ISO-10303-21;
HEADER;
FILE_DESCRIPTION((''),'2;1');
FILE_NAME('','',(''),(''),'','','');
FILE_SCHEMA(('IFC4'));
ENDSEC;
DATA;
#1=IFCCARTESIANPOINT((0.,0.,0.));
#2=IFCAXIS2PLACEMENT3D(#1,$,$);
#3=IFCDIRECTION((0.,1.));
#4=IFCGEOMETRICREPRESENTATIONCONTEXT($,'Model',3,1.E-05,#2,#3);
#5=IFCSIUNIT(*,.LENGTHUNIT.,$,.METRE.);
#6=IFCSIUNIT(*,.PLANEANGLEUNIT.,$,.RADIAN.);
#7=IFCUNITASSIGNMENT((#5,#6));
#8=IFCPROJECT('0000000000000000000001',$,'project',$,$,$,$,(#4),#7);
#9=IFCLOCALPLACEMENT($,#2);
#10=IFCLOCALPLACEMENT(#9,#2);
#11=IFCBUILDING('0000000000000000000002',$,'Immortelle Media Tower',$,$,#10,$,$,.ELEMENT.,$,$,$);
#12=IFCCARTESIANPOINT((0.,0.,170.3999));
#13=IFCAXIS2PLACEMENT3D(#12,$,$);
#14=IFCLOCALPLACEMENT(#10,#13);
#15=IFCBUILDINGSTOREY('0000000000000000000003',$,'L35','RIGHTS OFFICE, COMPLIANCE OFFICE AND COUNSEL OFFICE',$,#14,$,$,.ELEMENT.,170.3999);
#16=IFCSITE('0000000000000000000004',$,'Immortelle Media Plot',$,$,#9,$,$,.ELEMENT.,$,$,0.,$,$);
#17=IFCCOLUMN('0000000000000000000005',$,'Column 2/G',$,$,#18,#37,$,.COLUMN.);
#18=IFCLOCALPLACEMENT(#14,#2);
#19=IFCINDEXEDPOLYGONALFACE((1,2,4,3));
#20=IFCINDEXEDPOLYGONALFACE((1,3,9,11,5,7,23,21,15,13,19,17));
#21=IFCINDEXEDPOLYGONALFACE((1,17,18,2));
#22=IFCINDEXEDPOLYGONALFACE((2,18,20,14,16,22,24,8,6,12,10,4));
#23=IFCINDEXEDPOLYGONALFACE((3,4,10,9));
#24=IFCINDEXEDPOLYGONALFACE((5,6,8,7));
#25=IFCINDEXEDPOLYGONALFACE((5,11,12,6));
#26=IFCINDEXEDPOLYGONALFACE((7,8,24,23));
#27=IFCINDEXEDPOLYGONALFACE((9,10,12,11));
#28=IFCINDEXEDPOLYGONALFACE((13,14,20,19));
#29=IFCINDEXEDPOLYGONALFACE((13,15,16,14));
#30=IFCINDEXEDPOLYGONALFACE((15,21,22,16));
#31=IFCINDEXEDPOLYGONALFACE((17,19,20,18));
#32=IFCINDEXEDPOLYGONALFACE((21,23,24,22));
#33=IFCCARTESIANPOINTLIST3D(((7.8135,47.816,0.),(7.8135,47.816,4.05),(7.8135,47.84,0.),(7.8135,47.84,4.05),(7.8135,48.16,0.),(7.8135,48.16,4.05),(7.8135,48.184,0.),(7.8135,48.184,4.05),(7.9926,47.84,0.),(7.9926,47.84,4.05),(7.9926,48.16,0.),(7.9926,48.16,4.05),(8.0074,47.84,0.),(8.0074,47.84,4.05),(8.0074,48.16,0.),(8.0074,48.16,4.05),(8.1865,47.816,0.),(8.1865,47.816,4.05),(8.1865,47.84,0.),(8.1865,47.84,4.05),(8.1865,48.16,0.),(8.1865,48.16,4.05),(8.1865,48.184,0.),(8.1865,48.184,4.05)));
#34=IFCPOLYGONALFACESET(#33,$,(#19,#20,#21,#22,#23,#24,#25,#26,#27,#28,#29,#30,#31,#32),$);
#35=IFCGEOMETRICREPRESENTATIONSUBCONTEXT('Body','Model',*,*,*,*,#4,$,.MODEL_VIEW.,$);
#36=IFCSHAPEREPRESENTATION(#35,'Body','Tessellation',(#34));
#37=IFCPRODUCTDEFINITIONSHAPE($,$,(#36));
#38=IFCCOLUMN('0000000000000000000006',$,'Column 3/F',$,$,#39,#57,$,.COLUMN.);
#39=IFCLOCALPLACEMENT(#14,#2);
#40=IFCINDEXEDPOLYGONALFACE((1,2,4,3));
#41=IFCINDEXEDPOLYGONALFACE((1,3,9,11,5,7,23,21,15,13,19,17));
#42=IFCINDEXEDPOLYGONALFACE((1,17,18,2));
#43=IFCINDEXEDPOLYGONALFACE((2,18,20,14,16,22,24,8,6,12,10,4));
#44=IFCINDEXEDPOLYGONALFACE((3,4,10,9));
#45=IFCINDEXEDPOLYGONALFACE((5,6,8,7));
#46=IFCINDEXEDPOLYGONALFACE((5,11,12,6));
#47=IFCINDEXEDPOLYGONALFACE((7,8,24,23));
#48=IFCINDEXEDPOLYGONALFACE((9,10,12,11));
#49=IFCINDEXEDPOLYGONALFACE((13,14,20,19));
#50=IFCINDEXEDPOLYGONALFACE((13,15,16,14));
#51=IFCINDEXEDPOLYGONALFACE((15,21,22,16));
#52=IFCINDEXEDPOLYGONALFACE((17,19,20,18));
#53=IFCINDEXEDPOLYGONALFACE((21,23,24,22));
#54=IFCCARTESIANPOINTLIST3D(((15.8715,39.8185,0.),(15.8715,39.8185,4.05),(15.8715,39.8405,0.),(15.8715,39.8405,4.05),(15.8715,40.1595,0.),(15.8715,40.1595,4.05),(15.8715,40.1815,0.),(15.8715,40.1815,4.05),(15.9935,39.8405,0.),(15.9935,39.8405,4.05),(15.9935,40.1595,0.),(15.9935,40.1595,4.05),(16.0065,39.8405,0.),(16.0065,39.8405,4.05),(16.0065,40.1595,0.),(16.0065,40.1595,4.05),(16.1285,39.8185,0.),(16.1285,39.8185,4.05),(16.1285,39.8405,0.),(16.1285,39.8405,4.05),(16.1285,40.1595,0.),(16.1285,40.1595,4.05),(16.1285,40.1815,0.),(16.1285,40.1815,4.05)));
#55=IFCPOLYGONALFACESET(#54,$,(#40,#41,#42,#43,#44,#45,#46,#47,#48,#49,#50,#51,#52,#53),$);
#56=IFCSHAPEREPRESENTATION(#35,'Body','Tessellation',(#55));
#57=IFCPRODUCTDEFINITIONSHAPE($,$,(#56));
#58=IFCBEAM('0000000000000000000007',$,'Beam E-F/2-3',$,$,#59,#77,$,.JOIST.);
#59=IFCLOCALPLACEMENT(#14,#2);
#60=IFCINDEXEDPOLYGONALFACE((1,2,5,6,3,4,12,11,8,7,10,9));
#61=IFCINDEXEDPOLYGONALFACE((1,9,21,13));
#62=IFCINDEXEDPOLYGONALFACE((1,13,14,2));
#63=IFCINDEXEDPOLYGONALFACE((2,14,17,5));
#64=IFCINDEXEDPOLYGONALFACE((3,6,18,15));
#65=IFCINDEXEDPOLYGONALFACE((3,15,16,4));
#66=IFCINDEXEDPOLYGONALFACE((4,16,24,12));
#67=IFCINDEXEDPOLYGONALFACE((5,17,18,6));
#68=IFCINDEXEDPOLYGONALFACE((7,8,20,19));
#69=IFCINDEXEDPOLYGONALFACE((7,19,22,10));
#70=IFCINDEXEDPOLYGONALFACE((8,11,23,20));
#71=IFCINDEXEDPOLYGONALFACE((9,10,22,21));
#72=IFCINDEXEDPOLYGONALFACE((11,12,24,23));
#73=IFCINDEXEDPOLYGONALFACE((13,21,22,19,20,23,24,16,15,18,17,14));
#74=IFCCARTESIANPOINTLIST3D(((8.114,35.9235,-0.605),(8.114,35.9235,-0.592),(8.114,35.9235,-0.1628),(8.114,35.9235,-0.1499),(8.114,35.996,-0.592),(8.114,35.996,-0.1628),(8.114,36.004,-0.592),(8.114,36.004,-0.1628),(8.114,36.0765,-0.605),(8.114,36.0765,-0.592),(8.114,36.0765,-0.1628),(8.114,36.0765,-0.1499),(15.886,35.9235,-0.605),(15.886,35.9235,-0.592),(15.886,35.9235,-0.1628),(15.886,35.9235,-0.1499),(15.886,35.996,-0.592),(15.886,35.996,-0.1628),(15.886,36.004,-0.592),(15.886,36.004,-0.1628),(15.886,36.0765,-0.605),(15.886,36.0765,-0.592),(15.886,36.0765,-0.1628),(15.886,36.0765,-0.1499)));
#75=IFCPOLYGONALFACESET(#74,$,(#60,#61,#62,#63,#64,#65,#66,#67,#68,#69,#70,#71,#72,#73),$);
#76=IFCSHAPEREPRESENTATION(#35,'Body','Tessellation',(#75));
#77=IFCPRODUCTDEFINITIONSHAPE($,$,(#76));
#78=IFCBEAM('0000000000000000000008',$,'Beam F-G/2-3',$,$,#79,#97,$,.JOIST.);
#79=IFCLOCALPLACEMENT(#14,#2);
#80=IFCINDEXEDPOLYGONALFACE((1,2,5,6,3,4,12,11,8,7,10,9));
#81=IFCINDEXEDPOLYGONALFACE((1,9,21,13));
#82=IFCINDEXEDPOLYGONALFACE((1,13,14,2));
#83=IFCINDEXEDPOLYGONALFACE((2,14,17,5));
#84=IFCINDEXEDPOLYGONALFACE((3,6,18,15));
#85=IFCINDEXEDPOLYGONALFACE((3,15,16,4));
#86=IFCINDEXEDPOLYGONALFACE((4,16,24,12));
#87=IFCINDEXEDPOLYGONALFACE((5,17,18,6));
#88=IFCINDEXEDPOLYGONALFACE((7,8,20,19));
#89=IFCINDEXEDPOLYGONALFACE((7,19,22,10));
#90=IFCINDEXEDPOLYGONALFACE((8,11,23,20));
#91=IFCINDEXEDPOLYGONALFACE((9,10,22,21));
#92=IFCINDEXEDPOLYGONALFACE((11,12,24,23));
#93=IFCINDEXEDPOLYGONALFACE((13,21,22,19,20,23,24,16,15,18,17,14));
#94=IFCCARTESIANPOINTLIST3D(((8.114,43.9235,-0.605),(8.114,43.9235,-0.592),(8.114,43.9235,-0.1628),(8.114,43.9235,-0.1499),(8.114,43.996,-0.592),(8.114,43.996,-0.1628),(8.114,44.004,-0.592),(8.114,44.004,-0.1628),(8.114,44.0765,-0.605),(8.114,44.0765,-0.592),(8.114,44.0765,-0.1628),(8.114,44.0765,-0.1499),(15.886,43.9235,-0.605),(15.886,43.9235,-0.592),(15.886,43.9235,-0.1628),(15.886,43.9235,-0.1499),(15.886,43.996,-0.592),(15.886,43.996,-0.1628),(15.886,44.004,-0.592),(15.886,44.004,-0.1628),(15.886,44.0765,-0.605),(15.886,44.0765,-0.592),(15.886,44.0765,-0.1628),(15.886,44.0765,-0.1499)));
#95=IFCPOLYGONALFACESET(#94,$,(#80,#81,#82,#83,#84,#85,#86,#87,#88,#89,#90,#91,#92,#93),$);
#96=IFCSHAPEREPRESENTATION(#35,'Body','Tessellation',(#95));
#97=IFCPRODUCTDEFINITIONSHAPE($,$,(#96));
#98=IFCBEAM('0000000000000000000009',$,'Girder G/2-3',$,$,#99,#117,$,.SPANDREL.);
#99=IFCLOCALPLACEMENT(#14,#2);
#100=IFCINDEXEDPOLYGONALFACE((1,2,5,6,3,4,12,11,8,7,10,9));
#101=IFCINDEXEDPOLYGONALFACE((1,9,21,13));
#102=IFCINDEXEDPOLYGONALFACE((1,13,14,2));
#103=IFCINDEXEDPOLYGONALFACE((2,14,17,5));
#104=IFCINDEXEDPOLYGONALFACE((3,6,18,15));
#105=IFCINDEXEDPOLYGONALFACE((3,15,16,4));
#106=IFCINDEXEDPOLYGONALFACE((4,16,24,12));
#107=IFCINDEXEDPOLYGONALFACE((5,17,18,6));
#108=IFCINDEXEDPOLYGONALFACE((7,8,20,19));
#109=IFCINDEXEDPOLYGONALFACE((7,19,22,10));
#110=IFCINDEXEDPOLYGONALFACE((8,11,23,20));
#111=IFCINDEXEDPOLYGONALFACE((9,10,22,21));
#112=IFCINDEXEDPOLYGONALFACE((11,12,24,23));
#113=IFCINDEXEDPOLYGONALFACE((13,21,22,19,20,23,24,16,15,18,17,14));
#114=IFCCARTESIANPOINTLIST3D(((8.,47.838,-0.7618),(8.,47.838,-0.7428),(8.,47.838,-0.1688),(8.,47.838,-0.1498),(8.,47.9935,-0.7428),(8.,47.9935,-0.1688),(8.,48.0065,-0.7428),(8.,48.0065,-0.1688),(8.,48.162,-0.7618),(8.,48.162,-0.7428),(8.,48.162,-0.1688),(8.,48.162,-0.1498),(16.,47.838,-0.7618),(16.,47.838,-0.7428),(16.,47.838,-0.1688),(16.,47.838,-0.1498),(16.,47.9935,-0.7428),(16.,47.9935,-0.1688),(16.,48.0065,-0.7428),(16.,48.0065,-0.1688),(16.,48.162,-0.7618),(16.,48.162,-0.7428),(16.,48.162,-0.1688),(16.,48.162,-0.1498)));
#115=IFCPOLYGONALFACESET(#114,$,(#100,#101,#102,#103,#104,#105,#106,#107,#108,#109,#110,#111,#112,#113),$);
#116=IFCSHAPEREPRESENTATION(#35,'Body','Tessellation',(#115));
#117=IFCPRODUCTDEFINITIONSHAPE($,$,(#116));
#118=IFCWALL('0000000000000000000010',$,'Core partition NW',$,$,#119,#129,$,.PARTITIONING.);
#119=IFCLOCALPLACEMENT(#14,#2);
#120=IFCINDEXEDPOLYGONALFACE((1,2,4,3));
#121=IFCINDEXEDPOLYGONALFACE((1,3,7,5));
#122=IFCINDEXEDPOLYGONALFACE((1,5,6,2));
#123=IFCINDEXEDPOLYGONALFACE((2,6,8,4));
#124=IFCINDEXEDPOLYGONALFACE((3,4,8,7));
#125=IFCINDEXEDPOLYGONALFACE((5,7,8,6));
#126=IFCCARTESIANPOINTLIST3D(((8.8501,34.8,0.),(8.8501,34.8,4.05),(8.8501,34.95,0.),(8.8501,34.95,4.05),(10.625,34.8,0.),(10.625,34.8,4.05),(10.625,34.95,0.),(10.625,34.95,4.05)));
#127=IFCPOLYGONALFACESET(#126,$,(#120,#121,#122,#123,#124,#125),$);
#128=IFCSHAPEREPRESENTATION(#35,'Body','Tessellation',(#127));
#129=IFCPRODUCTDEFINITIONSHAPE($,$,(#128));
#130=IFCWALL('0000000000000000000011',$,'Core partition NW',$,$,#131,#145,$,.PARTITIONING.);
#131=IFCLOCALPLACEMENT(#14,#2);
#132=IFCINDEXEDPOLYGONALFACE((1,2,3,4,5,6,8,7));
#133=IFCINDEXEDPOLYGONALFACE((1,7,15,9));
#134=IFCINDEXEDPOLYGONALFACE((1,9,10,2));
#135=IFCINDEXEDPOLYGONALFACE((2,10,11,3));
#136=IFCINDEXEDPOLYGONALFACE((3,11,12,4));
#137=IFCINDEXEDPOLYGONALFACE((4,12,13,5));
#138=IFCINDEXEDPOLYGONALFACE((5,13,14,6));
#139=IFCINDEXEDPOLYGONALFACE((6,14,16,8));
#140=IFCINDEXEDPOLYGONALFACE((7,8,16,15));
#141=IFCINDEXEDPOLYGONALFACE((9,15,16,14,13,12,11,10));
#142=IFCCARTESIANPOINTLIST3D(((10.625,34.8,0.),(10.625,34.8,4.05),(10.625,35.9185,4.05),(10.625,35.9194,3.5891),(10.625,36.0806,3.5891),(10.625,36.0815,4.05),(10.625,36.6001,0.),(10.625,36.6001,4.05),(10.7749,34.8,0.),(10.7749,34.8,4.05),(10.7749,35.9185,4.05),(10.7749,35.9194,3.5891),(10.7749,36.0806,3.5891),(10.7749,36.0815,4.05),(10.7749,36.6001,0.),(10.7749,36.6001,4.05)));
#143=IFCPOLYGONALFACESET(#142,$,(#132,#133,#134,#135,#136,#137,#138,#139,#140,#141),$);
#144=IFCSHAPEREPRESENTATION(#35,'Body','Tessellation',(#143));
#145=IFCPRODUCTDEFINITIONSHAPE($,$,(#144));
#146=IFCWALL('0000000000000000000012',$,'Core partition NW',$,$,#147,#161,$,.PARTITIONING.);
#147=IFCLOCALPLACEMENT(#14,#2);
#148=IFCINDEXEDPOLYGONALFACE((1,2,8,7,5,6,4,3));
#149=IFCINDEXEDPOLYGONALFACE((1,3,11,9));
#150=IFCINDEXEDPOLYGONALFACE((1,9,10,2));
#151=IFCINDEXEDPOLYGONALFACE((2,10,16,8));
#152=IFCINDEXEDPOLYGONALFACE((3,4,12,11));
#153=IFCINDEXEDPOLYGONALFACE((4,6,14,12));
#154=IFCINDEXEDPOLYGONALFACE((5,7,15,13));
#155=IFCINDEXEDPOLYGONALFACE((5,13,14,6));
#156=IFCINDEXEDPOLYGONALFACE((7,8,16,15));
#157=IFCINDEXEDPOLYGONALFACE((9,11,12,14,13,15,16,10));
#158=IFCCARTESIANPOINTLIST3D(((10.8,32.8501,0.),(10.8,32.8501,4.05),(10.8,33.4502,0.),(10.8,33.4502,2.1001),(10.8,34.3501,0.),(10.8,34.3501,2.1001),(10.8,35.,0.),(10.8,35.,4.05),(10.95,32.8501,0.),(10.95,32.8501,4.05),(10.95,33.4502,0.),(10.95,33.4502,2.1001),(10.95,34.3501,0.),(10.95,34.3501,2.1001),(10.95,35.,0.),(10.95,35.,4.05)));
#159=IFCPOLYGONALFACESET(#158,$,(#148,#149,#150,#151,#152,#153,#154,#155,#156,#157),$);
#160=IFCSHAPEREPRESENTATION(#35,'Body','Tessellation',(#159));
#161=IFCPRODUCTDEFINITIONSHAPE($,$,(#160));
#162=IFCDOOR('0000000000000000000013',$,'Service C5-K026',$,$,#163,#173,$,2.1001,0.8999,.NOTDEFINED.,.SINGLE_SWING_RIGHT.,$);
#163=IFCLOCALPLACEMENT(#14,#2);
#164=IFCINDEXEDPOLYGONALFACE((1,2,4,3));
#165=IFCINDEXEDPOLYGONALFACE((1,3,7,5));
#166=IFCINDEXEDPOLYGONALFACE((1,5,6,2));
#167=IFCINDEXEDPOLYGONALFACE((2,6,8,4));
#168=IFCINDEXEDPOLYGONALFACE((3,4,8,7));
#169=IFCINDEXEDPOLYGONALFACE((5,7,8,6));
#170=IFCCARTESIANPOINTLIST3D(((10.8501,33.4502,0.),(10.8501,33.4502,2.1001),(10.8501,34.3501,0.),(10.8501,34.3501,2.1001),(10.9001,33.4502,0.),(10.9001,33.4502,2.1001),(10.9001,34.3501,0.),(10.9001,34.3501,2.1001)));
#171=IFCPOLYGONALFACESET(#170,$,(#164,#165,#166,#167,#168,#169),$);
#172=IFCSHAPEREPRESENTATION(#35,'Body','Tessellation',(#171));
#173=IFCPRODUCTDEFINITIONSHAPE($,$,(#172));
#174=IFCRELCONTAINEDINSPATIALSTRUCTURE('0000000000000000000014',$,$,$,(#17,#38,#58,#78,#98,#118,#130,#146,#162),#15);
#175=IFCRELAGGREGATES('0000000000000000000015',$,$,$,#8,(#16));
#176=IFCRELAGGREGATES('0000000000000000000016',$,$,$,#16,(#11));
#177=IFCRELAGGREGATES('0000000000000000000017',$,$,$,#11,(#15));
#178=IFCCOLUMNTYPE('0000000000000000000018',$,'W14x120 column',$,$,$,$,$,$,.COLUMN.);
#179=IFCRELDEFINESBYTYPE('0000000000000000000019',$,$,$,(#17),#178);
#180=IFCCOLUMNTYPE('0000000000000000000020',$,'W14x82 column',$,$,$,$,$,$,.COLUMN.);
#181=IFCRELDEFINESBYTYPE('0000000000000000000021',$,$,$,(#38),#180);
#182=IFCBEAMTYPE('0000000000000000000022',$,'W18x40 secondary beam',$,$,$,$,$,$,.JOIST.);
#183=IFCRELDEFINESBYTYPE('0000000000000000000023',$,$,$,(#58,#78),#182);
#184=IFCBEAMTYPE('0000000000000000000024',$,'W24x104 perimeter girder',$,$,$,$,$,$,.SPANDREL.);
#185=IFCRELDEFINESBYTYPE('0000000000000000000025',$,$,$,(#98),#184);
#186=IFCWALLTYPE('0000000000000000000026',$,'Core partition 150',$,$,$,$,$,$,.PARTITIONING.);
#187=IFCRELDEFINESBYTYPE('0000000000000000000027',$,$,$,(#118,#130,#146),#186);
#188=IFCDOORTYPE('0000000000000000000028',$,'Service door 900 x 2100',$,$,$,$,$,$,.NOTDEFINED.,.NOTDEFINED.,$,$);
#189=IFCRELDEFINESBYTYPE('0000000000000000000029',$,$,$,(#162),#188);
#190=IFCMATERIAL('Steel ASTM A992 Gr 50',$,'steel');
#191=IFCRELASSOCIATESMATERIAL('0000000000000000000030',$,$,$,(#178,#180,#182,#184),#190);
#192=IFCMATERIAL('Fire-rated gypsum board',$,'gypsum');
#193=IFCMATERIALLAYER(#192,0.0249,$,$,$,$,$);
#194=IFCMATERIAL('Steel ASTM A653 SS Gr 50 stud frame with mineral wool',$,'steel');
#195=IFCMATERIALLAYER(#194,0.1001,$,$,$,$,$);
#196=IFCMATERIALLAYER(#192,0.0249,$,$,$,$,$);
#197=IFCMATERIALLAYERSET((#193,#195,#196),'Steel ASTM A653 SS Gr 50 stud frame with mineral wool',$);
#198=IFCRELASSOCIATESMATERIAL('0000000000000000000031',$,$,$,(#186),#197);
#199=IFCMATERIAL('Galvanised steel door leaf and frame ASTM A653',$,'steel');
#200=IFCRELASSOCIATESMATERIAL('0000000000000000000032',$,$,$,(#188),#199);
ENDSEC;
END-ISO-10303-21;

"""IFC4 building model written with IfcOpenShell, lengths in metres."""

from ifc_helpers import new_model, si_unit, direction, frame, frame_2d, origin, origin_2d, place, context, subcontext, project, spatial, polyline, rectangle, i_section, outline, extrude, material, layer, layer_set, material_profile, profile_set, type_object, element, fill, save


model = new_model("IFC4")

# Units and contexts
model_context = context("Model", 3, precision=1e-05, world=origin(), true_north=direction((0.0, 1.0)))
body_context = subcontext(model_context, "Body", "Model", "MODEL_VIEW")
ifc_project = project(units=[si_unit("LENGTHUNIT", "METRE"), si_unit("PLANEANGLEUNIT", "RADIAN")], contexts=[model_context])

# Site, building, storey
site_placement = place(None, origin())
site = spatial("IfcSite", under=ifc_project, at=site_placement, Name="Immortelle Media Plot", CompositionType="ELEMENT", RefElevation=0.0)
building_placement = place(site_placement, origin())
building = spatial("IfcBuilding", under=site, at=building_placement, Name="Immortelle Media Tower", CompositionType="ELEMENT")
storey_placement = place(building_placement, frame((0.0, 0.0, 170.3999)))
storey = spatial("IfcBuildingStorey", under=building, at=storey_placement, Name="L35", Description="RIGHTS OFFICE, COMPLIANCE OFFICE AND COUNSEL OFFICE", CompositionType="ELEMENT", Elevation=170.3999)

# Columns
ifc_material_1 = material(Name="Steel ASTM A992 Gr 50", Category="steel")
ifc_material_profile_1 = material_profile(ifc_material_1, i_section(OverallWidth=0.373, OverallDepth=0.3679, WebThickness=0.0149, FlangeThickness=0.0239, at=origin_2d()), Name="W14x120")
ifc_profile_set_1 = profile_set([ifc_material_profile_1], Name="Steel ASTM A992 Gr 50")
column_type_1 = type_object("IfcColumnType", Name="W14x120 column", PredefinedType="COLUMN", material=ifc_profile_set_1)
column_1_placement = place(storey_placement, frame((8.0, 48.0, 0.0), z_axis=(0.0, 0.0, 1.0), x_axis=(1.0, 0.0, 0.0)))
element("IfcColumn", 1, at=column_1_placement, inside=storey, type_object=column_type_1, Name="Column 2/G", PredefinedType="COLUMN", context=body_context, shape_type="SweptSolid", body=[
    extrude(i_section(OverallWidth=0.373, OverallDepth=0.3679, WebThickness=0.0149, FlangeThickness=0.0239, at=origin_2d()), origin(), (0.0, 0.0, 1.0), 4.05),
])
ifc_material_profile_2 = material_profile(ifc_material_1, i_section(OverallWidth=0.2571, OverallDepth=0.363, WebThickness=0.0129, FlangeThickness=0.022, at=origin_2d()), Name="W14x82")
ifc_profile_set_2 = profile_set([ifc_material_profile_2], Name="Steel ASTM A992 Gr 50")
column_type_2 = type_object("IfcColumnType", Name="W14x82 column", PredefinedType="COLUMN", material=ifc_profile_set_2)
column_2_placement = place(storey_placement, frame((16.0, 40.0, 0.0), z_axis=(0.0, 0.0, 1.0), x_axis=(1.0, 0.0, 0.0)))
element("IfcColumn", 2, at=column_2_placement, inside=storey, type_object=column_type_2, Name="Column 3/F", PredefinedType="COLUMN", context=body_context, shape_type="SweptSolid", body=[
    extrude(i_section(OverallWidth=0.2571, OverallDepth=0.363, WebThickness=0.0129, FlangeThickness=0.022, at=origin_2d()), origin(), (0.0, 0.0, 1.0), 4.05),
])

# Beams
ifc_material_profile_3 = material_profile(ifc_material_1, i_section(OverallWidth=0.1531, OverallDepth=0.4551, WebThickness=0.0081, FlangeThickness=0.0129, at=origin_2d()), Name="W18x40")
ifc_profile_set_3 = profile_set([ifc_material_profile_3], Name="Steel ASTM A992 Gr 50")
beam_type_1 = type_object("IfcBeamType", Name="W18x40 secondary beam", PredefinedType="JOIST", material=ifc_profile_set_3)
for number, where, z_axis, x_axis, name in (
    (3, (8.114, 36.0, -0.3774), (1.0, 0.0, 0.0), (0.0, 1.0, 0.0), "Beam E-F/2-3"),
    (4, (8.114, 44.0, -0.3774), (1.0, 0.0, 0.0), (0.0, 1.0, 0.0), "Beam F-G/2-3"),
):
    element("IfcBeam", number, at=place(storey_placement, frame(where, z_axis=z_axis, x_axis=x_axis)), inside=storey, type_object=beam_type_1, Name=name, PredefinedType="JOIST", context=body_context, shape_type="SweptSolid", body=[
        extrude(i_section(OverallWidth=0.1531, OverallDepth=0.4551, WebThickness=0.0081, FlangeThickness=0.0129, at=origin_2d()), origin(), (0.0, 0.0, 1.0), 7.772),
    ])
ifc_material_profile_4 = material_profile(ifc_material_1, i_section(OverallWidth=0.324, OverallDepth=0.6121, WebThickness=0.0129, FlangeThickness=0.019, at=origin_2d()), Name="W24x104")
ifc_profile_set_4 = profile_set([ifc_material_profile_4], Name="Steel ASTM A992 Gr 50")
beam_type_2 = type_object("IfcBeamType", Name="W24x104 perimeter girder", PredefinedType="SPANDREL", material=ifc_profile_set_4)
beam_placement = place(storey_placement, frame((8.0, 48.0, -0.4558), z_axis=(1.0, 0.0, 0.0), x_axis=(0.0, 1.0, 0.0)))
element("IfcBeam", 5, at=beam_placement, inside=storey, type_object=beam_type_2, Name="Girder G/2-3", PredefinedType="SPANDREL", context=body_context, shape_type="SweptSolid", body=[
    extrude(i_section(OverallWidth=0.324, OverallDepth=0.6121, WebThickness=0.0129, FlangeThickness=0.019, at=origin_2d()), origin(), (0.0, 0.0, 1.0), 8.0),
])

# Walls
ifc_material_2 = material(Name="Fire-rated gypsum board", Category="gypsum")
ifc_layer_1 = layer(ifc_material_2, 0.0249)
ifc_material_3 = material(Name="Steel ASTM A653 SS Gr 50 stud frame with mineral wool", Category="steel")
ifc_layer_2 = layer(ifc_material_3, 0.1001)
ifc_layer_3 = layer(ifc_material_2, 0.0249)
ifc_layer_set_1 = layer_set([ifc_layer_1, ifc_layer_2, ifc_layer_3], Name="Steel ASTM A653 SS Gr 50 stud frame with mineral wool")
wall_type_1 = type_object("IfcWallType", Name="Core partition 150", PredefinedType="PARTITIONING", material=ifc_layer_set_1)
wall_1_placement = place(storey_placement, frame((8.8501, 34.875, 0.0), z_axis=(0.0, 0.0, 1.0), x_axis=(1.0, 0.0, 0.0)))
element("IfcWall", 6, at=wall_1_placement, inside=storey, type_object=wall_type_1, Name="Core partition NW", PredefinedType="PARTITIONING", context=body_context, shape_type="SweptSolid", body=[
    extrude(rectangle(XDim=1.7749, YDim=0.1499, at=frame_2d((0.8875, 0.0))), origin(), (0.0, 0.0, 1.0), 4.05),
])
wall_2_placement = place(storey_placement, frame((10.7, 34.8, 0.0), z_axis=(0.0, 0.0, 1.0), x_axis=(0.0, 1.0, 0.0)))
element("IfcWall", 7, at=wall_2_placement, inside=storey, type_object=wall_type_1, Name="Core partition NW", PredefinedType="PARTITIONING", context=body_context, shape_type="SweptSolid", body=[
    extrude(outline(polyline([(0.0, 0.0), (1.8, 0.0), (1.8, 4.05), (1.2815, 4.05), (1.2805, 3.5891), (1.1194, 3.5891), (1.1184, 4.05), (0.0, 4.05), (0.0, 0.0)])), frame((0.0, 0.075, 0.0), z_axis=(0.0, -1.0, 0.0), x_axis=(1.0, 0.0, 0.0)), (0.0, 0.0, 1.0), 0.1499),
])

# Wall, opening, door
wall_3_placement = place(storey_placement, frame((10.875, 32.8501, 0.0), z_axis=(0.0, 0.0, 1.0), x_axis=(0.0, 1.0, 0.0)))
wall_3 = element("IfcWall", 8, at=wall_3_placement, inside=storey, type_object=wall_type_1, Name="Core partition NW", PredefinedType="PARTITIONING", context=body_context, shape_type="SweptSolid", body=[
    extrude(rectangle(XDim=2.1499, YDim=0.1499, at=frame_2d((1.075, 0.0))), origin(), (0.0, 0.0, 1.0), 4.05),
])
opening_1_placement = place(wall_3_placement, frame((0.6001, 0.0, 0.0)))
opening_1 = element("IfcOpeningElement", 9, at=opening_1_placement, cuts=wall_3, PredefinedType="OPENING", context=body_context, shape_type="SweptSolid", body=[
    extrude(rectangle(XDim=0.8999, YDim=2.1001, at=frame_2d((0.45, 1.05))), frame((0.0, 0.085, 0.0), z_axis=(0.0, -1.0, 0.0), x_axis=(1.0, 0.0, 0.0)), (0.0, 0.0, 1.0), 0.1699),
])
ifc_material_4 = material(Name="Galvanised steel door leaf and frame ASTM A653", Category="steel")
door_type_1 = type_object("IfcDoorType", Name="Service door 900 x 2100", OperationType="NOTDEFINED", PredefinedType="NOTDEFINED", material=ifc_material_4)
door_1_placement = place(opening_1_placement, origin())
door_1 = element("IfcDoor", 10, at=door_1_placement, inside=storey, type_object=door_type_1, Name="Service C5-K026", OperationType="SINGLE_SWING_RIGHT", OverallHeight=2.1001, OverallWidth=0.8999, PredefinedType="NOTDEFINED", context=body_context, shape_type="SweptSolid", body=[
    extrude(rectangle(XDim=0.8999, YDim=2.1001, at=frame_2d((0.45, 1.05))), frame((0.0, 0.0249, 0.0), z_axis=(0.0, -1.0, 0.0), x_axis=(1.0, 0.0, 0.0)), (0.0, 0.0, 1.0), 0.05),
])
fill(opening_1, door_1)

save(model, "model.ifc")
